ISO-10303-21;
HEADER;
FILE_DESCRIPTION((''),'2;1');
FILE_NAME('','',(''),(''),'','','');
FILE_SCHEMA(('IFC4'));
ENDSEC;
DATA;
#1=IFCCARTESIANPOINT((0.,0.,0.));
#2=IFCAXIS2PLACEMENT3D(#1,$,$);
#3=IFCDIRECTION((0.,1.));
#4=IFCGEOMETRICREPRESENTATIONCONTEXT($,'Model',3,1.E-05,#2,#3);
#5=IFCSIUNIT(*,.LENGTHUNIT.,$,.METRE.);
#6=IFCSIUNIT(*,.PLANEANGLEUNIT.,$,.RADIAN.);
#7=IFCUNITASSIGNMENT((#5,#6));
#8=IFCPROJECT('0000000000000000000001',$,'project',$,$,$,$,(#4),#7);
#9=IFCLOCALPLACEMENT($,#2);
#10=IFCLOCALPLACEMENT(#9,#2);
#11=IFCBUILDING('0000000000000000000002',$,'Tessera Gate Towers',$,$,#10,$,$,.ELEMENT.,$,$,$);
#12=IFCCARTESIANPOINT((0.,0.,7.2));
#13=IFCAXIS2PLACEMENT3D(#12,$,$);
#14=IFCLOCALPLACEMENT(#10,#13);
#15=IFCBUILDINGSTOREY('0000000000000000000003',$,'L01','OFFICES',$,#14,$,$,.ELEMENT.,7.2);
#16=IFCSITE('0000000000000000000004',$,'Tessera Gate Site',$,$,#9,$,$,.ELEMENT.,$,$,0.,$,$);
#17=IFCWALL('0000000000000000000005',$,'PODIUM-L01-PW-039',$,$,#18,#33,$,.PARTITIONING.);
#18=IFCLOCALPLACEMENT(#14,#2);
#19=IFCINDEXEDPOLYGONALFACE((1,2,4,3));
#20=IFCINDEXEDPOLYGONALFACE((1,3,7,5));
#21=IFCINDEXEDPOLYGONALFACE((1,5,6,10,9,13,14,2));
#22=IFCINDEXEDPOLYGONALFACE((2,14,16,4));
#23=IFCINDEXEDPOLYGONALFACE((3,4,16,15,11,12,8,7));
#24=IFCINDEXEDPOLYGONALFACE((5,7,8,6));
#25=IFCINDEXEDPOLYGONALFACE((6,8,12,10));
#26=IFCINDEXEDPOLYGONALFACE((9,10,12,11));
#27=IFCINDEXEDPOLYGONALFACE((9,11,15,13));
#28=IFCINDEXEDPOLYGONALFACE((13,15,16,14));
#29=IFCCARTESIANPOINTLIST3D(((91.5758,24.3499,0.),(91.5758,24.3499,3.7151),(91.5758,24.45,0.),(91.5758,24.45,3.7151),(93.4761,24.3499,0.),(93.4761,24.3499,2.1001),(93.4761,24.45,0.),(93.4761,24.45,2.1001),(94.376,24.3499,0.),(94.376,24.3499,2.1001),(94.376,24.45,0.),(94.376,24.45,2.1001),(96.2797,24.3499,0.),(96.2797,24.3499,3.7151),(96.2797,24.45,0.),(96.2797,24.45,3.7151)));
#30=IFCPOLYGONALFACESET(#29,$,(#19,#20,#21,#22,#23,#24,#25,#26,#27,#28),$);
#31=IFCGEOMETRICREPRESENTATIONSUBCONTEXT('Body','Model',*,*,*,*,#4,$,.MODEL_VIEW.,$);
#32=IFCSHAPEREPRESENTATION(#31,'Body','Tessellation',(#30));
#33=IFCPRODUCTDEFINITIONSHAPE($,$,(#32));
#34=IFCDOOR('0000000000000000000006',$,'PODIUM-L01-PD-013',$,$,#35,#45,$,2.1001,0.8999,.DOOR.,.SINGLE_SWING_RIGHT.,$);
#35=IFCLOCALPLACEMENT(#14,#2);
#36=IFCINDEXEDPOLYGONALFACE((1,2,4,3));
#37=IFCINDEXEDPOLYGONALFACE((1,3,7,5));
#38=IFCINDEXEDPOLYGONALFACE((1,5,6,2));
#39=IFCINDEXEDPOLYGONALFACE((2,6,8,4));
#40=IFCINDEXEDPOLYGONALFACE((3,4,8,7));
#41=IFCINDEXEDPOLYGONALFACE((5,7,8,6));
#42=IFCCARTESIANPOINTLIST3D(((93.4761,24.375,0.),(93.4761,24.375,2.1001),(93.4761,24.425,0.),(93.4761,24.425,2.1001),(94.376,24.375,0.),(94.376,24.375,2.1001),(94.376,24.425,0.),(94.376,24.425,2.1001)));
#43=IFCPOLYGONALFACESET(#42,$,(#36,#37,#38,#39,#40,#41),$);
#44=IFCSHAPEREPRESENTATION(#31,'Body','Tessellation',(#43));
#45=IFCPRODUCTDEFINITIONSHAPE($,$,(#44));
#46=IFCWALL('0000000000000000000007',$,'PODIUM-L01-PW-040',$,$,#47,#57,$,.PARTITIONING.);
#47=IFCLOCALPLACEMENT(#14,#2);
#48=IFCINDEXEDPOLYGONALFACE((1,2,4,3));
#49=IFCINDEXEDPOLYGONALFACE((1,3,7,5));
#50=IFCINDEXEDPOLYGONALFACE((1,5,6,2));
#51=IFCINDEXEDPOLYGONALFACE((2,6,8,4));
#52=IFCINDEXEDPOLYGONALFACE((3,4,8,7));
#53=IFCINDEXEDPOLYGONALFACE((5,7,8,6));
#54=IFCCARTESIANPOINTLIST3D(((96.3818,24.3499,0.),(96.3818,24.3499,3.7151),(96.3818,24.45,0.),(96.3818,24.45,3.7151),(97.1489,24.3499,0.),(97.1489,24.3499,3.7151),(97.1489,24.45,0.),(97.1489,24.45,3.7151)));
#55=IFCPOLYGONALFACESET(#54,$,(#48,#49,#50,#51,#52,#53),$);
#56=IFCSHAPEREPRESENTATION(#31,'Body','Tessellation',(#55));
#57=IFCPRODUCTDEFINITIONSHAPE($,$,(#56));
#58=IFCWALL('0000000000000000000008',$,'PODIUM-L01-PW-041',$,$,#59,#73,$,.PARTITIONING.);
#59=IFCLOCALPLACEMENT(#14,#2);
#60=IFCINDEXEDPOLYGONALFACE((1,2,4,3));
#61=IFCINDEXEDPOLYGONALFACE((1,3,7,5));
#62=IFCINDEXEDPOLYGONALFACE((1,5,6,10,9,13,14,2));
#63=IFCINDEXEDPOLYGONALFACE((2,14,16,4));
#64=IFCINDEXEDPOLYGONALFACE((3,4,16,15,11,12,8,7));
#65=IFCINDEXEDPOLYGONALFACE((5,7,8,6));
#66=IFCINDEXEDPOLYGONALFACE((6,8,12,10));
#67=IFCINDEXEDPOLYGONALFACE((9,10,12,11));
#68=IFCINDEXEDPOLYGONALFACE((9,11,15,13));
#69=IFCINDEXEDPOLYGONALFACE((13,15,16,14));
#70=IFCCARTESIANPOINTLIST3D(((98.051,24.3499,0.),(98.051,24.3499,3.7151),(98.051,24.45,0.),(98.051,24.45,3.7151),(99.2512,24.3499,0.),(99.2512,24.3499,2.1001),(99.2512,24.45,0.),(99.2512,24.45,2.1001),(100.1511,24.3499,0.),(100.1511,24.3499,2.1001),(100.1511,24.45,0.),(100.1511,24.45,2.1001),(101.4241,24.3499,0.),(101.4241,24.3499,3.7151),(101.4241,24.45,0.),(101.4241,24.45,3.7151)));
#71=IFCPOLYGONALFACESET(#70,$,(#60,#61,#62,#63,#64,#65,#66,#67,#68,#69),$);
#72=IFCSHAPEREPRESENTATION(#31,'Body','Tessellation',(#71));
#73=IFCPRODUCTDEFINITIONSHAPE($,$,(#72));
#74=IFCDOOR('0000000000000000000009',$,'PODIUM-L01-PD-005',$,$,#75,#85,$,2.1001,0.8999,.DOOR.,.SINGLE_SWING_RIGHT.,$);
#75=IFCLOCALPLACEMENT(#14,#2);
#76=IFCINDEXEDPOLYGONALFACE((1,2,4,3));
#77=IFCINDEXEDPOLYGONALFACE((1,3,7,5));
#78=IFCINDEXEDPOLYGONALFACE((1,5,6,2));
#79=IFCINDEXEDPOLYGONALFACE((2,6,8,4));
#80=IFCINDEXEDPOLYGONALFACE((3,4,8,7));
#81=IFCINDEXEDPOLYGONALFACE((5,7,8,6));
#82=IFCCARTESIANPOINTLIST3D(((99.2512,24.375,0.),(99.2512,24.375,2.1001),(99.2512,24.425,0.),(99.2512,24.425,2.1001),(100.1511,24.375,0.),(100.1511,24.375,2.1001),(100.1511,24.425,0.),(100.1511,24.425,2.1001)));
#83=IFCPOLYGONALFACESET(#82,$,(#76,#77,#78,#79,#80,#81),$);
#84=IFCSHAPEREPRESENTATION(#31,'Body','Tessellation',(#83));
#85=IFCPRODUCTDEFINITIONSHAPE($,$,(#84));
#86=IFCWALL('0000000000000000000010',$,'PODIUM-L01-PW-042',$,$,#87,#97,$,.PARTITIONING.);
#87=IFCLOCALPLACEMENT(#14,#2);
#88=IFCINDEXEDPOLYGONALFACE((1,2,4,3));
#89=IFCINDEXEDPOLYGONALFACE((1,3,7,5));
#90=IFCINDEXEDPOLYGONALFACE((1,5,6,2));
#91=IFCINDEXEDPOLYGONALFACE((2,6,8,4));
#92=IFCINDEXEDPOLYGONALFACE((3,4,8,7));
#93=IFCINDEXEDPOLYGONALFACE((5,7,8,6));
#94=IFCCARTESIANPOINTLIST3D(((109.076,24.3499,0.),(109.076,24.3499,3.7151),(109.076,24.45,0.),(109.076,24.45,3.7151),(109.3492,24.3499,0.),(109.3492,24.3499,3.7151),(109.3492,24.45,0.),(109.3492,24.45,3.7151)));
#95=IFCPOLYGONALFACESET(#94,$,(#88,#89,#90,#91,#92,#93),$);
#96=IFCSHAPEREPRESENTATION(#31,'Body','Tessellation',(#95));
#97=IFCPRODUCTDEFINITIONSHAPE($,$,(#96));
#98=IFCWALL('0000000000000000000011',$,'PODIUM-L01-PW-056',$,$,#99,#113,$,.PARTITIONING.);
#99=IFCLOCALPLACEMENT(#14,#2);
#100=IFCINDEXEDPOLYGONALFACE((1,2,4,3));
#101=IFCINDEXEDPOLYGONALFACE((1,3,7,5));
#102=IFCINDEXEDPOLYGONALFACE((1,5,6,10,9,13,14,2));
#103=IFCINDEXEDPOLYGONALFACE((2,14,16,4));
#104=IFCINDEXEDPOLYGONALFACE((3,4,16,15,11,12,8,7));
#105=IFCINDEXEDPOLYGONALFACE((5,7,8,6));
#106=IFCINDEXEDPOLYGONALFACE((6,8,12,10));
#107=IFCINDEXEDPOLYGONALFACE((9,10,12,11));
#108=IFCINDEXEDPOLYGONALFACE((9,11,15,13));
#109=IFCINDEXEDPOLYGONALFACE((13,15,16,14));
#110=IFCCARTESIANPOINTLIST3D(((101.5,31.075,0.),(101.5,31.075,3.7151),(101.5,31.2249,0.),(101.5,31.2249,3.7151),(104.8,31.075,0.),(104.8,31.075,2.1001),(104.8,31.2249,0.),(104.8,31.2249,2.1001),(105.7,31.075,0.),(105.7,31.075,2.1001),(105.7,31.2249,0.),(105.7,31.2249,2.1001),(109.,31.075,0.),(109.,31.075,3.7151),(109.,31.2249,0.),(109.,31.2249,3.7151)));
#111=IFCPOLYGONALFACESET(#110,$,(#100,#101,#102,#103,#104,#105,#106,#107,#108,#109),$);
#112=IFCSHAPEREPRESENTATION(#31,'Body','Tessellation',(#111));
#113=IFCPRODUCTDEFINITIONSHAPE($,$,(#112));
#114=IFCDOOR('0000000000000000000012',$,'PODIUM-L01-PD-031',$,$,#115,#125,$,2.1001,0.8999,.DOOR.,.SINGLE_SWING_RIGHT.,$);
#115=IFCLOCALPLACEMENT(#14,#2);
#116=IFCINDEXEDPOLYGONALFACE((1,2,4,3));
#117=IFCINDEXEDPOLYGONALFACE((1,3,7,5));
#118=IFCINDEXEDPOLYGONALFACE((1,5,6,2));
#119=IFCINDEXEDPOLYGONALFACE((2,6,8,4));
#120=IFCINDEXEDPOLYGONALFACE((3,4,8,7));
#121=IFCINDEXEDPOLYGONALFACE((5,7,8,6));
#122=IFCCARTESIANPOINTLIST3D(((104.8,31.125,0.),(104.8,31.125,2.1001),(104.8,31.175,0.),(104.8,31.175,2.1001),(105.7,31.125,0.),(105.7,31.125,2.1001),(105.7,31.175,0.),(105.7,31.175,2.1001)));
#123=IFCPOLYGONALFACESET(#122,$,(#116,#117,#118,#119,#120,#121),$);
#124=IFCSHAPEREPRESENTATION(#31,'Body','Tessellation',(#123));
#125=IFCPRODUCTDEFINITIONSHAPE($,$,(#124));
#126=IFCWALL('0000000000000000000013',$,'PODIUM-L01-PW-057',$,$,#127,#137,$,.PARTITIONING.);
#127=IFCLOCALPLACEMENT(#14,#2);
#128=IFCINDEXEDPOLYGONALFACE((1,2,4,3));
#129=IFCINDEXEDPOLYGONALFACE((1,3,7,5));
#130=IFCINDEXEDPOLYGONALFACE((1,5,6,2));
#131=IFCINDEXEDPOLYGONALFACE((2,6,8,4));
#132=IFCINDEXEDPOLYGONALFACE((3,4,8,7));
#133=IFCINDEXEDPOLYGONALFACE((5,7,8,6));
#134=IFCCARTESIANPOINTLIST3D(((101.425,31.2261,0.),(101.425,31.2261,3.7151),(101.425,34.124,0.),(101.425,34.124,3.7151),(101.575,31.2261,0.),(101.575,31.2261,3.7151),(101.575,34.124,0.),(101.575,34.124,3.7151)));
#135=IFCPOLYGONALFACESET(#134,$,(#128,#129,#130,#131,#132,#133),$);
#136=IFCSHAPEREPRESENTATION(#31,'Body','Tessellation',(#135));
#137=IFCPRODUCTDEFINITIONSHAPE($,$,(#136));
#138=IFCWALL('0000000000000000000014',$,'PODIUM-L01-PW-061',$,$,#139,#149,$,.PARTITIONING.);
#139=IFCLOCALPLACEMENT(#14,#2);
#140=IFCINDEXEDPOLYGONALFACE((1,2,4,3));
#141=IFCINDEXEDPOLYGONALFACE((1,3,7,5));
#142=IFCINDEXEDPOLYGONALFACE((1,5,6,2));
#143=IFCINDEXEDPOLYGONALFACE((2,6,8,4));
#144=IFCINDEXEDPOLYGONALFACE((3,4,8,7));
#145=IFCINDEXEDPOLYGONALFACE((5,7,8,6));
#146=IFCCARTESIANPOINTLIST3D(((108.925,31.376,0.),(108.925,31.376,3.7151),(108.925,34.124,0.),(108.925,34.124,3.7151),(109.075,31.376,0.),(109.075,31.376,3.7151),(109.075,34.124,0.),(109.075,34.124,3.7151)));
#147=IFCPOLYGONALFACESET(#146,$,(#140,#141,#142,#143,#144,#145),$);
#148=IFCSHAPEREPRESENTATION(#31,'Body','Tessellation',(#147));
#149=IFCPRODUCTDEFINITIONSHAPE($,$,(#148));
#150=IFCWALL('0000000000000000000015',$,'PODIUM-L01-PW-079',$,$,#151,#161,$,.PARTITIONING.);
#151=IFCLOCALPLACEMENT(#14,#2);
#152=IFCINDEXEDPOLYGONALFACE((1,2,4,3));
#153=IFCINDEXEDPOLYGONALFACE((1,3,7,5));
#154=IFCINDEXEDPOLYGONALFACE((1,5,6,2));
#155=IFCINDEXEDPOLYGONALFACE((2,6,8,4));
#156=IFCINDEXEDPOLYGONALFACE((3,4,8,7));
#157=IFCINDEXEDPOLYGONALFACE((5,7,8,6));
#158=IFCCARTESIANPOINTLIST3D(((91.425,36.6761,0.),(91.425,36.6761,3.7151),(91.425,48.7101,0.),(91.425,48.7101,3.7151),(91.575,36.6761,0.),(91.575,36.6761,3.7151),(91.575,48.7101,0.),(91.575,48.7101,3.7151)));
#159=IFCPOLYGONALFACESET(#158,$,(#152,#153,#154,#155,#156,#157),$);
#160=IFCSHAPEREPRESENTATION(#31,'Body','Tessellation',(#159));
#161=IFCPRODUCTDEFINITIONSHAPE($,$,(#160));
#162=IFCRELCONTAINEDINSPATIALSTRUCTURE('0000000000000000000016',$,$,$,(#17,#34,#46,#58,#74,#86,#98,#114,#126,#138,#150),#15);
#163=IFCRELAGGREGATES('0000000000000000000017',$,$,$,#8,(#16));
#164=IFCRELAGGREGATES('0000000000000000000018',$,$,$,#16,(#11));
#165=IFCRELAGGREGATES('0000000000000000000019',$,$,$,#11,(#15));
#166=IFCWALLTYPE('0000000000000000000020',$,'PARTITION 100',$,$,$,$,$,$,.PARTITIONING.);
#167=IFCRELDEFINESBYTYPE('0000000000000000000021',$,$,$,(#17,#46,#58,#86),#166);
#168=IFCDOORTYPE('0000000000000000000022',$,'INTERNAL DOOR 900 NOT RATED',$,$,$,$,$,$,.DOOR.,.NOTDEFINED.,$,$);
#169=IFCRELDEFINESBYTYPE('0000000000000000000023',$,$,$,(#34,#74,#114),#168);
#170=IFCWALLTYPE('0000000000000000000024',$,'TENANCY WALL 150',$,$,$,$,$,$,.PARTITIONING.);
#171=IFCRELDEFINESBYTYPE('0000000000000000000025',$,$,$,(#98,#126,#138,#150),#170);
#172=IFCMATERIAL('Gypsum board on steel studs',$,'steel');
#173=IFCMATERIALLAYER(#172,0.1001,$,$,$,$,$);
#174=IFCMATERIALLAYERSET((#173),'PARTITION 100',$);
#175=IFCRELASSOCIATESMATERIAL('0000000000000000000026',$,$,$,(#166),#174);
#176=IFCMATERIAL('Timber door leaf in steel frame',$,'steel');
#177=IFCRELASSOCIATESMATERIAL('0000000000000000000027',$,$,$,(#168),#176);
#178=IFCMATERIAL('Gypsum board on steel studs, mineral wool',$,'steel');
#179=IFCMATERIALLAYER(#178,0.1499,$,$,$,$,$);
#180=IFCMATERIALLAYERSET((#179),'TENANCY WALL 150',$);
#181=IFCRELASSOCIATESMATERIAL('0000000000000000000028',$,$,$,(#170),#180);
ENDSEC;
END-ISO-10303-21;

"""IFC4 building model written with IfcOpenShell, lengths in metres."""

from ifc_helpers import new_model, si_unit, direction, frame, frame_2d, origin, place, context, subcontext, project, spatial, rectangle, extrude, source, transform, mapped, material, layer, layer_set, type_object, element, fill, save


model = new_model("IFC4")

# Units and contexts
model_context = context("Model", 3, precision=1e-05, world=origin(), true_north=direction((0.0, 1.0)))
body_context = subcontext(model_context, "Body", "Model", "MODEL_VIEW")
ifc_project = project(units=[si_unit("LENGTHUNIT", "METRE"), si_unit("PLANEANGLEUNIT", "RADIAN")], contexts=[model_context])

# Site, building, storey
site_placement = place(None, origin())
site = spatial("IfcSite", under=ifc_project, at=site_placement, Name="Tessera Gate Site", CompositionType="ELEMENT", RefElevation=0.0)
building_placement = place(site_placement, origin())
building = spatial("IfcBuilding", under=site, at=building_placement, Name="Tessera Gate Towers", CompositionType="ELEMENT")
storey_placement = place(building_placement, frame((0.0, 0.0, 7.2)))
storey = spatial("IfcBuildingStorey", under=building, at=storey_placement, Name="L01", Description="OFFICES", CompositionType="ELEMENT", Elevation=7.2)

# Wall, opening, door
ifc_material_1 = material(Name="Gypsum board on steel studs", Category="steel")
ifc_layer_1 = layer(ifc_material_1, 0.1001)
ifc_layer_set_1 = layer_set([ifc_layer_1], Name="PARTITION 100")
wall_type_1 = type_object("IfcWallType", Name="PARTITION 100", PredefinedType="PARTITIONING", material=ifc_layer_set_1)
shared_shape_1 = source(origin(), body_context, "Body", "SweptSolid", [
    extrude(rectangle(XDim=0.8999, YDim=2.1001, at=frame_2d((0.45, 1.05))), frame((0.0, 0.0601, 0.0), z_axis=(0.0, -1.0, 0.0), x_axis=(1.0, 0.0, 0.0)), (0.0, 0.0, 1.0), 0.1201),
])
ifc_material_2 = material(Name="Timber door leaf in steel frame", Category="steel")
door_type_1 = type_object("IfcDoorType", Name="INTERNAL DOOR 900 NOT RATED", OperationType="NOTDEFINED", PredefinedType="DOOR", material=ifc_material_2)
shared_shape_2 = source(origin(), body_context, "Body", "SweptSolid", [
    extrude(rectangle(XDim=0.8999, YDim=2.1001, at=frame_2d((0.45, 1.05))), frame((0.0, 0.0249, 0.0), z_axis=(0.0, -1.0, 0.0), x_axis=(1.0, 0.0, 0.0)), (0.0, 0.0, 1.0), 0.05),
])
wall_1_placement = place(storey_placement, frame((96.2798, 24.3999, 0.0), z_axis=(0.0, 0.0, 1.0), x_axis=(-1.0, 0.0, 0.0)))
wall_1 = element("IfcWall", 1, at=wall_1_placement, inside=storey, type_object=wall_type_1, Name="PODIUM-L01-PW-039", PredefinedType="PARTITIONING", context=body_context, shape_type="SweptSolid", body=[
    extrude(rectangle(XDim=4.7039, YDim=0.1001, at=frame_2d((2.3521, 0.0))), origin(), (0.0, 0.0, 1.0), 3.7151),
])
opening_1_placement = place(wall_1_placement, frame((1.9038, 0.0, 0.0)))
opening_1 = element("IfcOpeningElement", 2, at=opening_1_placement, cuts=wall_1, PredefinedType="OPENING", context=body_context, shape_type="MappedRepresentation", body=[
    mapped(shared_shape_1, transform((0.0, 0.0, 0.0), scale=1.0)),
])
door_1_placement = place(opening_1_placement, origin())
door_1 = element("IfcDoor", 3, at=door_1_placement, inside=storey, type_object=door_type_1, Name="PODIUM-L01-PD-013", OperationType="SINGLE_SWING_RIGHT", OverallHeight=2.1001, OverallWidth=0.8999, PredefinedType="DOOR", context=body_context, shape_type="MappedRepresentation", body=[
    mapped(shared_shape_2, transform((0.0, 0.0, 0.0), scale=1.0)),
])
fill(opening_1, door_1)

# Wall
wall_2_placement = place(storey_placement, frame((96.3818, 24.3999, 0.0), z_axis=(0.0, 0.0, 1.0), x_axis=(1.0, 0.0, 0.0)))
element("IfcWall", 4, at=wall_2_placement, inside=storey, type_object=wall_type_1, Name="PODIUM-L01-PW-040", PredefinedType="PARTITIONING", context=body_context, shape_type="SweptSolid", body=[
    extrude(rectangle(XDim=0.7671, YDim=0.1001, at=frame_2d((0.3835, 0.0))), origin(), (0.0, 0.0, 1.0), 3.7151),
])

# Wall, opening, door
wall_3_placement = place(storey_placement, frame((101.4241, 24.3999, 0.0), z_axis=(0.0, 0.0, 1.0), x_axis=(-1.0, 0.0, 0.0)))
wall_3 = element("IfcWall", 5, at=wall_3_placement, inside=storey, type_object=wall_type_1, Name="PODIUM-L01-PW-041", PredefinedType="PARTITIONING", context=body_context, shape_type="SweptSolid", body=[
    extrude(rectangle(XDim=3.373, YDim=0.1001, at=frame_2d((1.6865, 0.0))), origin(), (0.0, 0.0, 1.0), 3.7151),
])
opening_2_placement = place(wall_3_placement, frame((1.2729, 0.0, 0.0)))
opening_2 = element("IfcOpeningElement", 6, at=opening_2_placement, cuts=wall_3, PredefinedType="OPENING", context=body_context, shape_type="MappedRepresentation", body=[
    mapped(shared_shape_1, transform((0.0, 0.0, 0.0), scale=1.0)),
])
door_2_placement = place(opening_2_placement, origin())
door_2 = element("IfcDoor", 7, at=door_2_placement, inside=storey, type_object=door_type_1, Name="PODIUM-L01-PD-005", OperationType="SINGLE_SWING_RIGHT", OverallHeight=2.1001, OverallWidth=0.8999, PredefinedType="DOOR", context=body_context, shape_type="MappedRepresentation", body=[
    mapped(shared_shape_2, transform((0.0, 0.0, 0.0), scale=1.0)),
])
fill(opening_2, door_2)

# Wall
wall_4_placement = place(storey_placement, frame((109.0759, 24.3999, 0.0), z_axis=(0.0, 0.0, 1.0), x_axis=(1.0, 0.0, 0.0)))
element("IfcWall", 8, at=wall_4_placement, inside=storey, type_object=wall_type_1, Name="PODIUM-L01-PW-042", PredefinedType="PARTITIONING", context=body_context, shape_type="SweptSolid", body=[
    extrude(rectangle(XDim=0.2732, YDim=0.1001, at=frame_2d((0.1367, 0.0))), origin(), (0.0, 0.0, 1.0), 3.7151),
])

# Wall, opening, door
ifc_material_3 = material(Name="Gypsum board on steel studs, mineral wool", Category="steel")
ifc_layer_2 = layer(ifc_material_3, 0.1499)
ifc_layer_set_2 = layer_set([ifc_layer_2], Name="TENANCY WALL 150")
wall_type_2 = type_object("IfcWallType", Name="TENANCY WALL 150", PredefinedType="PARTITIONING", material=ifc_layer_set_2)
wall_5_placement = place(storey_placement, frame((109.0, 31.1499, 0.0), z_axis=(0.0, 0.0, 1.0), x_axis=(-1.0, 0.0, 0.0)))
wall_5 = element("IfcWall", 9, at=wall_5_placement, inside=storey, type_object=wall_type_2, Name="PODIUM-L01-PW-056", PredefinedType="PARTITIONING", context=body_context, shape_type="SweptSolid", body=[
    extrude(rectangle(XDim=7.5, YDim=0.1499, at=frame_2d((3.75, 0.0))), origin(), (0.0, 0.0, 1.0), 3.7151),
])
shared_shape_3 = source(origin(), body_context, "Body", "SweptSolid", [
    extrude(rectangle(XDim=0.8999, YDim=2.1001, at=frame_2d((0.45, 1.05))), frame((0.0, 0.085, 0.0), z_axis=(0.0, -1.0, 0.0), x_axis=(1.0, 0.0, 0.0)), (0.0, 0.0, 1.0), 0.1699),
])
opening_3_placement = place(wall_5_placement, frame((3.3, 0.0, 0.0)))
opening_3 = element("IfcOpeningElement", 10, at=opening_3_placement, cuts=wall_5, PredefinedType="OPENING", context=body_context, shape_type="MappedRepresentation", body=[
    mapped(shared_shape_3, transform((0.0, 0.0, 0.0), scale=1.0)),
])
door_3_placement = place(opening_3_placement, origin())
door_3 = element("IfcDoor", 11, at=door_3_placement, inside=storey, type_object=door_type_1, Name="PODIUM-L01-PD-031", OperationType="SINGLE_SWING_RIGHT", OverallHeight=2.1001, OverallWidth=0.8999, PredefinedType="DOOR", context=body_context, shape_type="MappedRepresentation", body=[
    mapped(shared_shape_2, transform((0.0, 0.0, 0.0), scale=1.0)),
])
fill(opening_3, door_3)

# Walls
wall_6_placement = place(storey_placement, frame((101.5, 31.2261, 0.0), z_axis=(0.0, 0.0, 1.0), x_axis=(0.0, 1.0, 0.0)))
element("IfcWall", 12, at=wall_6_placement, inside=storey, type_object=wall_type_2, Name="PODIUM-L01-PW-057", PredefinedType="PARTITIONING", context=body_context, shape_type="SweptSolid", body=[
    extrude(rectangle(XDim=2.8979, YDim=0.1499, at=frame_2d((1.449, 0.0))), origin(), (0.0, 0.0, 1.0), 3.7151),
])
wall_7_placement = place(storey_placement, frame((109.0, 31.376, 0.0), z_axis=(0.0, 0.0, 1.0), x_axis=(0.0, 1.0, 0.0)))
element("IfcWall", 13, at=wall_7_placement, inside=storey, type_object=wall_type_2, Name="PODIUM-L01-PW-061", PredefinedType="PARTITIONING", context=body_context, shape_type="SweptSolid", body=[
    extrude(rectangle(XDim=2.748, YDim=0.1499, at=frame_2d((1.374, 0.0))), origin(), (0.0, 0.0, 1.0), 3.7151),
])
wall_8_placement = place(storey_placement, frame((91.5, 36.676, 0.0), z_axis=(0.0, 0.0, 1.0), x_axis=(0.0, 1.0, 0.0)))
element("IfcWall", 14, at=wall_8_placement, inside=storey, type_object=wall_type_2, Name="PODIUM-L01-PW-079", PredefinedType="PARTITIONING", context=body_context, shape_type="SweptSolid", body=[
    extrude(rectangle(XDim=12.0339, YDim=0.1499, at=frame_2d((6.0171, 0.0))), origin(), (0.0, 0.0, 1.0), 3.7151),
])

save(model, "model.ifc")
